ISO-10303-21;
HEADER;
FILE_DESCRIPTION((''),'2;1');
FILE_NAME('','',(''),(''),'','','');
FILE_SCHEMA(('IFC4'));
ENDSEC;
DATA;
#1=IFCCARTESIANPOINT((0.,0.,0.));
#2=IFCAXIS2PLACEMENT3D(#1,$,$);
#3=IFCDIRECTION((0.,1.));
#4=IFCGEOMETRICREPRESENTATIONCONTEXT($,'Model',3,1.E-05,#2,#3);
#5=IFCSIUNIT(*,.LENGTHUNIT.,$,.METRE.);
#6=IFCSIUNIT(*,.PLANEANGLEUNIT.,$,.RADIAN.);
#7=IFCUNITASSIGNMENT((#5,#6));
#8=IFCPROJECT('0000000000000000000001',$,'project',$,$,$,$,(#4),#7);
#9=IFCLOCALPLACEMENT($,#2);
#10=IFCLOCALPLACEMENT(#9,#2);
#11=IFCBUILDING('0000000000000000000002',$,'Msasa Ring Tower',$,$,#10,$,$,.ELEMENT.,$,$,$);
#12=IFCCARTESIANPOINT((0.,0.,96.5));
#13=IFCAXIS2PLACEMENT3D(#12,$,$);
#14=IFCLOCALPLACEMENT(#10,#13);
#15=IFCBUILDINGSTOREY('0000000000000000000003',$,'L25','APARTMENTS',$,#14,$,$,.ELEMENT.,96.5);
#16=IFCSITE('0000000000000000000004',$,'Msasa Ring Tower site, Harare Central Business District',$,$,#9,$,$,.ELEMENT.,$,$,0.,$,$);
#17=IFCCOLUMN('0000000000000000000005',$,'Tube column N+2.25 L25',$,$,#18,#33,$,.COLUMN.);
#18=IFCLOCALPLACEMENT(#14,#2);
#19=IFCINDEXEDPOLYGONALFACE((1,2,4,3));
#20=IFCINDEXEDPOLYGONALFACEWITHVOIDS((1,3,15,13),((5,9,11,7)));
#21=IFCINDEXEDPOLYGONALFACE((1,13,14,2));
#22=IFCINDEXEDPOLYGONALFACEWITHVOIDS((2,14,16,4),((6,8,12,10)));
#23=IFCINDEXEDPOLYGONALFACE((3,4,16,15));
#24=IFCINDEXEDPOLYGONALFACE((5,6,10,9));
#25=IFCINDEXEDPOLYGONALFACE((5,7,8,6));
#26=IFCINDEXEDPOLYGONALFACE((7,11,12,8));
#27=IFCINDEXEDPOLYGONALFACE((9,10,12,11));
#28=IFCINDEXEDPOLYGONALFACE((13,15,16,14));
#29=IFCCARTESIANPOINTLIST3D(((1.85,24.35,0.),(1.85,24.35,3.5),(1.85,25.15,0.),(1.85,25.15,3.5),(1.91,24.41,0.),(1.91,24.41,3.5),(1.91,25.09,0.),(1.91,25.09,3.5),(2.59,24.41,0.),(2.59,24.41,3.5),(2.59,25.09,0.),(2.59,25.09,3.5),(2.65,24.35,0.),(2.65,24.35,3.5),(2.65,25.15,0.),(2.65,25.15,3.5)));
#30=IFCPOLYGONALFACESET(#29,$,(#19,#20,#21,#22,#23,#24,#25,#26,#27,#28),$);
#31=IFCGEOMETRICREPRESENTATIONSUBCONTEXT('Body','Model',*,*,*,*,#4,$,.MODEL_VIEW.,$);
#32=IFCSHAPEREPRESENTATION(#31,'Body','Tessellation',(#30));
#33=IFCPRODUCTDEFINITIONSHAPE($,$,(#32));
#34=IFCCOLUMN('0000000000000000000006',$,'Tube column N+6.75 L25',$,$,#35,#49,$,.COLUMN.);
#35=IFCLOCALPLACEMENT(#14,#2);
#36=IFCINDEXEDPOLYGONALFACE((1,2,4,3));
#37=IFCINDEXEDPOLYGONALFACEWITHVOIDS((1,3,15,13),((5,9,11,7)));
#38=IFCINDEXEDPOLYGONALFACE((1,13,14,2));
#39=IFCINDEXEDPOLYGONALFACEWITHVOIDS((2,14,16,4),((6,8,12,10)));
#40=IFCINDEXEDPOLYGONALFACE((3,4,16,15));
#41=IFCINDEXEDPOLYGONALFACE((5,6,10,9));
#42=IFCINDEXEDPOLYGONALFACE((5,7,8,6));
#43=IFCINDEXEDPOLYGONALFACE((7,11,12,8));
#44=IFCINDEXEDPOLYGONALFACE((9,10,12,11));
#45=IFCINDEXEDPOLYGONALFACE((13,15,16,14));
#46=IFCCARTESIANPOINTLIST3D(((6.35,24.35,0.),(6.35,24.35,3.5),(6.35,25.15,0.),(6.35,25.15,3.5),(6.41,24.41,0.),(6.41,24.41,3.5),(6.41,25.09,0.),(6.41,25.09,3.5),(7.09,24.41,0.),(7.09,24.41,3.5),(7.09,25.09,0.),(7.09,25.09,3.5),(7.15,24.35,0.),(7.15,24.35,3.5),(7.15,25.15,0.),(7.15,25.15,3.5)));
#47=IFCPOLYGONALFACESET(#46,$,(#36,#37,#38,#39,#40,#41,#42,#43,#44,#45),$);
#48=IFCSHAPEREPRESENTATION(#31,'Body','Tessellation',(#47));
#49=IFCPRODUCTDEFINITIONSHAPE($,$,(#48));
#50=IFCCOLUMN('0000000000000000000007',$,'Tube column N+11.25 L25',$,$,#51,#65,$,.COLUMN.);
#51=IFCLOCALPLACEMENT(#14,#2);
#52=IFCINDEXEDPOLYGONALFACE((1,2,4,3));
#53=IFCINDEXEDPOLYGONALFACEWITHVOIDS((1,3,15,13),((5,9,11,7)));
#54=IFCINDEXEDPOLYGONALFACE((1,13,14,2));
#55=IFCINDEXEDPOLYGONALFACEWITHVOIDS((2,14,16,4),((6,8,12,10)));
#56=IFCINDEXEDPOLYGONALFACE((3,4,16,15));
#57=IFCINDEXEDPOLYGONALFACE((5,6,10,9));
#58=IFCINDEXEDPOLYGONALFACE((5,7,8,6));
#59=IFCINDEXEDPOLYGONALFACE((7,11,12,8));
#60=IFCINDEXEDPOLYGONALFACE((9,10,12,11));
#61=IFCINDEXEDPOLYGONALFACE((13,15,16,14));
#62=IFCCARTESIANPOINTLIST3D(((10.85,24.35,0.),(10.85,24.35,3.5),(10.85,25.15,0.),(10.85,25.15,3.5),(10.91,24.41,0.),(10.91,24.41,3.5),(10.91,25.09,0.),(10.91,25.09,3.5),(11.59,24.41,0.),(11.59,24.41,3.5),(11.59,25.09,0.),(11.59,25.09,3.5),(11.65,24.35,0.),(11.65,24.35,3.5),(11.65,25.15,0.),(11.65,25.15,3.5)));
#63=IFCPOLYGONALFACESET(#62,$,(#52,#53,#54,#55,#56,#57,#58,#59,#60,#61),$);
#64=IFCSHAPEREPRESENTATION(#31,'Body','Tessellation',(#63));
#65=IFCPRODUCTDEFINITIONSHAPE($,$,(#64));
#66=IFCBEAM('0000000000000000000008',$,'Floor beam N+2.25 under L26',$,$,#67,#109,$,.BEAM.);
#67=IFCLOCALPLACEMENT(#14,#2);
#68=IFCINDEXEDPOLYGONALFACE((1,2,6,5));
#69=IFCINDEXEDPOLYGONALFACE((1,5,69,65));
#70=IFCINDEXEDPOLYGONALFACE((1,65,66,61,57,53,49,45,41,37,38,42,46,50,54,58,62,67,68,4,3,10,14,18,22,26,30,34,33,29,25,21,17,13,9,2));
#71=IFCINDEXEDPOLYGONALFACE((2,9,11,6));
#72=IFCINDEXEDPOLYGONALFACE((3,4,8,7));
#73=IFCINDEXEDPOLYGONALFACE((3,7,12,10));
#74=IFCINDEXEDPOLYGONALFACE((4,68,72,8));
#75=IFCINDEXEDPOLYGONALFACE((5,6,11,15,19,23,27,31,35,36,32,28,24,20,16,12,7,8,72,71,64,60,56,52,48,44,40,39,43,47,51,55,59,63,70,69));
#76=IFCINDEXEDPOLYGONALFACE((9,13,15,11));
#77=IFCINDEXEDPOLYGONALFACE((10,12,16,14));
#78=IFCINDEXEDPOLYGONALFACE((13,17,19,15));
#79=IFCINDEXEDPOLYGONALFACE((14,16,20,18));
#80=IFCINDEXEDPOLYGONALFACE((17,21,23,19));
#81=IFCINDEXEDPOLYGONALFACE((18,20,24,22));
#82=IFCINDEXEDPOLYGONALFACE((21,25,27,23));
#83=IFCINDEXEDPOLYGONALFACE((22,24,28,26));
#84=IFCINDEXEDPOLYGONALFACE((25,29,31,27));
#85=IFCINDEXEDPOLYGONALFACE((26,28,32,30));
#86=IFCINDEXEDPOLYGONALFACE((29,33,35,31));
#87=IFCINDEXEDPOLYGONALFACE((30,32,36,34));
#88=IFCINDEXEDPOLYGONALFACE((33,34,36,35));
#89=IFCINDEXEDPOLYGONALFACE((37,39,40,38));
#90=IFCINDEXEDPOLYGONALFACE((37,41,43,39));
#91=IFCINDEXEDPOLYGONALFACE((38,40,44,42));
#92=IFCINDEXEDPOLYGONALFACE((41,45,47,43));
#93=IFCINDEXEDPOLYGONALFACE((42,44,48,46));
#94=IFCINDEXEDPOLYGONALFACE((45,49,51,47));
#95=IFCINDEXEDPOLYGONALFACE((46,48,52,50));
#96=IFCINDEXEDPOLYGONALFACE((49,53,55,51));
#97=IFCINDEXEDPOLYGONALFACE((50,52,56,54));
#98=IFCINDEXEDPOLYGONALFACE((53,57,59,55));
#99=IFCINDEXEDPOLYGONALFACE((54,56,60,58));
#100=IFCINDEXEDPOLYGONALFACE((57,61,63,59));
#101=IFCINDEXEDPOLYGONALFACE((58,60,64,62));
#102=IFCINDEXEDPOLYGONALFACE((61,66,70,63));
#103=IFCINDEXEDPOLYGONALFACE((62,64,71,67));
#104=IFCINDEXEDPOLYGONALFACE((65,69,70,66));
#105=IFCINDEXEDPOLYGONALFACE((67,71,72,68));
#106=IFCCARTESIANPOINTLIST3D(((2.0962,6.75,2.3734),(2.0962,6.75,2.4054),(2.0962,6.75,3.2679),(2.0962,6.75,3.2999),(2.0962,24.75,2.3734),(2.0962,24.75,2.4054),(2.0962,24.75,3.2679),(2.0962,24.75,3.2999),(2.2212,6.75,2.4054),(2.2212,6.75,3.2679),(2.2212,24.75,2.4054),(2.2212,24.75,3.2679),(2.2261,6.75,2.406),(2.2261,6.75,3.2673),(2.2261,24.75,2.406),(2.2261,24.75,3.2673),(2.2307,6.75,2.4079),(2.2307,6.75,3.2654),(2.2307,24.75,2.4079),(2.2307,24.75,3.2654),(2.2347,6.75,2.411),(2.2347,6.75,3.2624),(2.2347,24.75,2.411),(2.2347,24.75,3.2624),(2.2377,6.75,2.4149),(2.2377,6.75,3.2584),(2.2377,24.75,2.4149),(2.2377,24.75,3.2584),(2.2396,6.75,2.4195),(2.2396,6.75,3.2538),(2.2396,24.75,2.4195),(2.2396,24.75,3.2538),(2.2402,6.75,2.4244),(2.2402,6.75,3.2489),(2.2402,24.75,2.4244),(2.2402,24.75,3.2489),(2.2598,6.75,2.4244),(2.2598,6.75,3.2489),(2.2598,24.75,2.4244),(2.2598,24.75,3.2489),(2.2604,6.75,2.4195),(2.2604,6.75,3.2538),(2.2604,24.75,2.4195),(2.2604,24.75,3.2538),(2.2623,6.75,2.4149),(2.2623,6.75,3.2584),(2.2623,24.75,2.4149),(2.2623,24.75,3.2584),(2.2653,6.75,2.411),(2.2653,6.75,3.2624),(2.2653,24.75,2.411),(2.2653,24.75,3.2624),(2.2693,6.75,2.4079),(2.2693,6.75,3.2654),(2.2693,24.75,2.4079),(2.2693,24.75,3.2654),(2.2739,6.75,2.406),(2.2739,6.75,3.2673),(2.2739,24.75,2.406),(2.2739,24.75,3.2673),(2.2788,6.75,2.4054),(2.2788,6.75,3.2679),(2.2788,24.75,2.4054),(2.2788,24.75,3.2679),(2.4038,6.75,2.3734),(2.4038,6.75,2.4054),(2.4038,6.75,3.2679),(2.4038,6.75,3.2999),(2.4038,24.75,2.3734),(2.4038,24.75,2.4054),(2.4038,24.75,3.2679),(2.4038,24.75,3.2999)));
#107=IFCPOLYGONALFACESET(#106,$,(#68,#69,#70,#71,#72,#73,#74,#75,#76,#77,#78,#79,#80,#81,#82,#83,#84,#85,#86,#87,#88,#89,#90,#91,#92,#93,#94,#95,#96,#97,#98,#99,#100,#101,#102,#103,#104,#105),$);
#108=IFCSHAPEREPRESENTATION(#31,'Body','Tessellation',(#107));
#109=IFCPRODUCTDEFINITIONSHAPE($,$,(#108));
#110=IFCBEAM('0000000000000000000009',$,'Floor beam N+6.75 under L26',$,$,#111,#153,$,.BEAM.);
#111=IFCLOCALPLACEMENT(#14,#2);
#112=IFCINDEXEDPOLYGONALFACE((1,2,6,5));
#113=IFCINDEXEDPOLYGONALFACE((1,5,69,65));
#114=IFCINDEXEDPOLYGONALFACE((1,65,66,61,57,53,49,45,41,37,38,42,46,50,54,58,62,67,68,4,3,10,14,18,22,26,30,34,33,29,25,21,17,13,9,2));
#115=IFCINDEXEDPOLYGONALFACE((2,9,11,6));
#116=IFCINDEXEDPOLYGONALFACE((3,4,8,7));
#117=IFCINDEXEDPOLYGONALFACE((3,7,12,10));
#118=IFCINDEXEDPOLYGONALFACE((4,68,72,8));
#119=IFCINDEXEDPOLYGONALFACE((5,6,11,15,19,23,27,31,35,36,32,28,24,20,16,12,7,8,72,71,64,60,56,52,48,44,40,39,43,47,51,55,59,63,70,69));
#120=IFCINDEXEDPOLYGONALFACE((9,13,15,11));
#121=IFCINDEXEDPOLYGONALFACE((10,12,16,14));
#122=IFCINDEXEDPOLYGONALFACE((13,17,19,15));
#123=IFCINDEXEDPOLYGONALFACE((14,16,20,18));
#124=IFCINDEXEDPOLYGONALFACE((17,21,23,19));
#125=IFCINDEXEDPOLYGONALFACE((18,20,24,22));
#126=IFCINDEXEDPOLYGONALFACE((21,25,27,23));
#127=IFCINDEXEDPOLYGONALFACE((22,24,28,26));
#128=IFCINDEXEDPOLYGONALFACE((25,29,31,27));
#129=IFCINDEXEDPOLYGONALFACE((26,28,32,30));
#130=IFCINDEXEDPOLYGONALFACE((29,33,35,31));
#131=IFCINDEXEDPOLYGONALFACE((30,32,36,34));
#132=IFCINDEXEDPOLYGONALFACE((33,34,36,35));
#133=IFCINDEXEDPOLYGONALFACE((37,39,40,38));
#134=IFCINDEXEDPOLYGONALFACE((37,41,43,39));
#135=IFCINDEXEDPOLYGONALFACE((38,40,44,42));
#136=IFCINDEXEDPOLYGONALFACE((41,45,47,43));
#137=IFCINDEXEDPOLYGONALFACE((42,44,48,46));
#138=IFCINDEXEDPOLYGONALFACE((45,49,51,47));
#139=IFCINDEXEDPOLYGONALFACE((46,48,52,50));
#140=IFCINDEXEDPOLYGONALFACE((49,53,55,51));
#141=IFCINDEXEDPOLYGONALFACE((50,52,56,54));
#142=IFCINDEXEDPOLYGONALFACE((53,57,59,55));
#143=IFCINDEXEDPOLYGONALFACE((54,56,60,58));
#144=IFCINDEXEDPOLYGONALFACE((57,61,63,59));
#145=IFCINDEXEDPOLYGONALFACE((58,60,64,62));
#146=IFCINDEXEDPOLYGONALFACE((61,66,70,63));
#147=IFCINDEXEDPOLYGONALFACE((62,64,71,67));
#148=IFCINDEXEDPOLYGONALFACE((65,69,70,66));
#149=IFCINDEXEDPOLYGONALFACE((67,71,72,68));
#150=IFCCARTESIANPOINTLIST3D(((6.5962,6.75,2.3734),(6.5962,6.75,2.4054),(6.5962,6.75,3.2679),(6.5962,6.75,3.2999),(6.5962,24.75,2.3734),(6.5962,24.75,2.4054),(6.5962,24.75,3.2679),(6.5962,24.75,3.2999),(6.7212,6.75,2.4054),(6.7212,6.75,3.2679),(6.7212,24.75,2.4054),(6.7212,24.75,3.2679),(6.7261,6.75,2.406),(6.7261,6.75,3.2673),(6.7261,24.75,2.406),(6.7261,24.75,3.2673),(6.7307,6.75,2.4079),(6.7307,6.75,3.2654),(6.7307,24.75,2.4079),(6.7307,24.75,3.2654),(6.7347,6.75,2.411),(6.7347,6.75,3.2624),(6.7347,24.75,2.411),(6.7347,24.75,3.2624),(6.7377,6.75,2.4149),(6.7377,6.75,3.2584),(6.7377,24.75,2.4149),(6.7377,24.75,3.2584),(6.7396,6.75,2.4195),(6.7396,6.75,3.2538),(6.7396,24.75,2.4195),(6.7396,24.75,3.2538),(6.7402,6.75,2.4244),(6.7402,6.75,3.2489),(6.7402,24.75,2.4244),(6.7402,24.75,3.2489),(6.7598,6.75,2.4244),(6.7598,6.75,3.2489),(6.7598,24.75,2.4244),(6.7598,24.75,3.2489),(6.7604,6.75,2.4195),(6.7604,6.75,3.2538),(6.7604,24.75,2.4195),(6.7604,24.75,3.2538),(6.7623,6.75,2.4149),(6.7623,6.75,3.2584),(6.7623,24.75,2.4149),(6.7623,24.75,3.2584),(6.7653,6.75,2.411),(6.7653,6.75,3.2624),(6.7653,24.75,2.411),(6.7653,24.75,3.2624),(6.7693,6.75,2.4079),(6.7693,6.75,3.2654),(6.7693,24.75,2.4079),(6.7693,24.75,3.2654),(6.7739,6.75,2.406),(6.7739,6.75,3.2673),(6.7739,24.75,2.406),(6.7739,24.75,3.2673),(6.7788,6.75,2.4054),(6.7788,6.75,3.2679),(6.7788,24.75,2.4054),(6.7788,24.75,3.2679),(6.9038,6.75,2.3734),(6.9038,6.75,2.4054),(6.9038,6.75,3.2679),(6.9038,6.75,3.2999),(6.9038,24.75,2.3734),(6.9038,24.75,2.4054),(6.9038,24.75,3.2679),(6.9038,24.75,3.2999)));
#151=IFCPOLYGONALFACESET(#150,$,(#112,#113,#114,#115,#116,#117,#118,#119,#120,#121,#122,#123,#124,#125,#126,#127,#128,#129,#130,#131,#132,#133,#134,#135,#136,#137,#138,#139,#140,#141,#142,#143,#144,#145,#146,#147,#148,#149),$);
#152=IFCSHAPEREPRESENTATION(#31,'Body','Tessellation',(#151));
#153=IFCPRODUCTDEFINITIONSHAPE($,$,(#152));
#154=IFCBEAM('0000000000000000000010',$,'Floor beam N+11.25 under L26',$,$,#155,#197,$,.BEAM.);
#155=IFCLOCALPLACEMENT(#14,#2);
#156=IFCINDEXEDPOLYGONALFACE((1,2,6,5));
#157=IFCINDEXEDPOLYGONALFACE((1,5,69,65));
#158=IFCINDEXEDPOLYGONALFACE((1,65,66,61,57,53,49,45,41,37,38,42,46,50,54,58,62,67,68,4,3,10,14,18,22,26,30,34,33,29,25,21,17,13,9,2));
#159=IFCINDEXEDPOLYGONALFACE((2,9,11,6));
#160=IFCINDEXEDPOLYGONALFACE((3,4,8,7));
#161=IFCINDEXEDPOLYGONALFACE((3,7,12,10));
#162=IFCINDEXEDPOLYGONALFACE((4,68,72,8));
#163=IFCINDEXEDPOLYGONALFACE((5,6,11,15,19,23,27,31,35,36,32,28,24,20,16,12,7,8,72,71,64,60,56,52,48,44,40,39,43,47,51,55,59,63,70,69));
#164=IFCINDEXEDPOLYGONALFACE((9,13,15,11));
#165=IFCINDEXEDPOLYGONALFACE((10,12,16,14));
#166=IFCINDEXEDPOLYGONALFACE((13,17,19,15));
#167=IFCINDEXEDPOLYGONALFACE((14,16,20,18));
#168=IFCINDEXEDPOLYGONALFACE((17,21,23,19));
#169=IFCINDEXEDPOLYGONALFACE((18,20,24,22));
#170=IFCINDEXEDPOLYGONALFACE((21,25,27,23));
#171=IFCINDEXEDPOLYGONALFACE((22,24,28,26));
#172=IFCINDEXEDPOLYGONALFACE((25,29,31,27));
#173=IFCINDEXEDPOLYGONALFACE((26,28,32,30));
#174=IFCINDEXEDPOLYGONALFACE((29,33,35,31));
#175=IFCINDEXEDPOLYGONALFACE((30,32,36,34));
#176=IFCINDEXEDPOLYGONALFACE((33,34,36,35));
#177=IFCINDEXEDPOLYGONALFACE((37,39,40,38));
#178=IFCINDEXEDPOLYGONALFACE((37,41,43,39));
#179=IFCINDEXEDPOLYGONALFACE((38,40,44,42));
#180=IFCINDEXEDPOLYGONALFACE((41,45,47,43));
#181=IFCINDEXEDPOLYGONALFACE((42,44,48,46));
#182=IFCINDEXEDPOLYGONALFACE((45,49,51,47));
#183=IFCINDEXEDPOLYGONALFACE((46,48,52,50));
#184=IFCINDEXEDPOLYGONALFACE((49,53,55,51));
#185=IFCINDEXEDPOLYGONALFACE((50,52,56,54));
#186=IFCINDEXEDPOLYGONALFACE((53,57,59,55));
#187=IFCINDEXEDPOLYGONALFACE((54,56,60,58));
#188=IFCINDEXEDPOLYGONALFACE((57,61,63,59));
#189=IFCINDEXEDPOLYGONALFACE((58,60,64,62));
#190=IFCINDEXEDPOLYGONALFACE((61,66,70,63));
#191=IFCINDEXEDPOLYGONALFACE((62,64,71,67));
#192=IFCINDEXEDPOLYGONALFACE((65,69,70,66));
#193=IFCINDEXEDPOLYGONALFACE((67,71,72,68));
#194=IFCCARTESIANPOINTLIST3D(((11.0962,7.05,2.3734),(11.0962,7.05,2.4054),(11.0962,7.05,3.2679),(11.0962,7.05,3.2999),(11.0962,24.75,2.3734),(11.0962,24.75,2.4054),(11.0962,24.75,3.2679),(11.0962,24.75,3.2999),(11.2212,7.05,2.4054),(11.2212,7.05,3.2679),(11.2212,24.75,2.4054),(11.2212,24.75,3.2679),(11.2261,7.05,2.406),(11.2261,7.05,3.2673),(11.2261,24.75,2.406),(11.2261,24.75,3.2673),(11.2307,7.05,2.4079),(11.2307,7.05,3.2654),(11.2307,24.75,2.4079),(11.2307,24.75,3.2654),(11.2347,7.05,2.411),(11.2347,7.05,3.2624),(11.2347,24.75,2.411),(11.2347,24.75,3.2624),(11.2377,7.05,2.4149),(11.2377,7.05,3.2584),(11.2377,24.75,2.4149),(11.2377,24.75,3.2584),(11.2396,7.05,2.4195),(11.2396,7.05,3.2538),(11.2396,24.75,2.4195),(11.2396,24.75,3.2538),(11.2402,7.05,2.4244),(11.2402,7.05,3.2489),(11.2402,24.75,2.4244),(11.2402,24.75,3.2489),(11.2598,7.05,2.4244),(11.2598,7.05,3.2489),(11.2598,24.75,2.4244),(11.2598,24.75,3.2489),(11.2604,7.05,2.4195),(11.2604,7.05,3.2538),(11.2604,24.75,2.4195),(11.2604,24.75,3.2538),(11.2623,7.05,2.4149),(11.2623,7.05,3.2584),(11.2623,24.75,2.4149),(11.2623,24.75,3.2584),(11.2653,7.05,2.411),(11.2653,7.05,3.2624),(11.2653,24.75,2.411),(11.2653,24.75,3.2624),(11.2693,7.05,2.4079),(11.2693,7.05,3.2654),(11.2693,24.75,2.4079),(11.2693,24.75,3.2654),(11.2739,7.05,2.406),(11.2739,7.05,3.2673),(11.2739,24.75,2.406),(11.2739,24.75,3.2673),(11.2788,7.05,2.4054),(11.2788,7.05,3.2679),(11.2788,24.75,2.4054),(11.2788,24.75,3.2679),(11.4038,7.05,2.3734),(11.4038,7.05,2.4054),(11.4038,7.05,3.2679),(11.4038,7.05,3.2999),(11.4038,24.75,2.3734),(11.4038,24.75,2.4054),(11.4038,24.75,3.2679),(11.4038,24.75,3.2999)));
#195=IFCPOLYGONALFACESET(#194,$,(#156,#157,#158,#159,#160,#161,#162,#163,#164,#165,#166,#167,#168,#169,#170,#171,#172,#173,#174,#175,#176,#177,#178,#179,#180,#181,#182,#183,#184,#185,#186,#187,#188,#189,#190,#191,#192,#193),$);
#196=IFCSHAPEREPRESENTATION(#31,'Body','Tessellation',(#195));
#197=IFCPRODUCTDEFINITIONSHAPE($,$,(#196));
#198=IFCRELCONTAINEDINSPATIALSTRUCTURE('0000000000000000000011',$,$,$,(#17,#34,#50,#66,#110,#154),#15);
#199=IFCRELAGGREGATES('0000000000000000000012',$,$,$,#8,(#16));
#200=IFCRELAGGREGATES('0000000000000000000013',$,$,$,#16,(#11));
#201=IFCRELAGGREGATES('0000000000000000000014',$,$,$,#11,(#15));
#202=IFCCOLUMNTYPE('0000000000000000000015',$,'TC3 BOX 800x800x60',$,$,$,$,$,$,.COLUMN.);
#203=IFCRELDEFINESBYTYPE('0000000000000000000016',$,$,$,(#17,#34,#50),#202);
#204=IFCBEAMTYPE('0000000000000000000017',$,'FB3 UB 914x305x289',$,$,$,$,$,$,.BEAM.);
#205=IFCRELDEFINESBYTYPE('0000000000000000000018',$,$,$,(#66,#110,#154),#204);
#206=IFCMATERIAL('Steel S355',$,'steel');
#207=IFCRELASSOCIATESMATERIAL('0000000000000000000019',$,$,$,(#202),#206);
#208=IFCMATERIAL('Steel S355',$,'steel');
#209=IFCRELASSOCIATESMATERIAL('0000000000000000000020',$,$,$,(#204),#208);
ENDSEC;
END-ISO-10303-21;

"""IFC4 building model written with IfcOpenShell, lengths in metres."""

from ifc_helpers import new_model, si_unit, direction, frame, origin, origin_2d, place, context, subcontext, project, spatial, hollow_rectangle, i_section, extrude, material, material_profile, profile_set, type_object, element, save


model = new_model("IFC4")

# Units and contexts
model_context = context("Model", 3, precision=1e-05, world=origin(), true_north=direction((0.0, 1.0)))
body_context = subcontext(model_context, "Body", "Model", "MODEL_VIEW")
ifc_project = project(units=[si_unit("LENGTHUNIT", "METRE"), si_unit("PLANEANGLEUNIT", "RADIAN")], contexts=[model_context])

# Site, building, storey
site_placement = place(None, origin())
site = spatial("IfcSite", under=ifc_project, at=site_placement, Name="Msasa Ring Tower site, Harare Central Business District", CompositionType="ELEMENT", RefElevation=0.0)
building_placement = place(site_placement, origin())
building = spatial("IfcBuilding", under=site, at=building_placement, Name="Msasa Ring Tower", CompositionType="ELEMENT")
storey_placement = place(building_placement, frame((0.0, 0.0, 96.5)))
storey = spatial("IfcBuildingStorey", under=building, at=storey_placement, Name="L25", Description="APARTMENTS", CompositionType="ELEMENT", Elevation=96.5)

# Columns
ifc_material_1 = material(Name="Steel S355", Category="steel")
ifc_material_profile_1 = material_profile(ifc_material_1, hollow_rectangle(XDim=0.8, YDim=0.8, WallThickness=0.0601, at=origin_2d()), Name="BOX 800x800x60")
ifc_profile_set_1 = profile_set([ifc_material_profile_1], Name="Steel S355")
column_type = type_object("IfcColumnType", Name="TC3 BOX 800x800x60", PredefinedType="COLUMN", material=ifc_profile_set_1)
for number, where, z_axis, x_axis, name in (
    (1, (2.25, 24.75, 0.0), (0.0, 0.0, 1.0), (0.0, 1.0, 0.0), "Tube column N+2.25 L25"),
    (2, (6.75, 24.75, 0.0), (0.0, 0.0, 1.0), (0.0, 1.0, 0.0), "Tube column N+6.75 L25"),
    (3, (11.25, 24.75, 0.0), (0.0, 0.0, 1.0), (0.0, 1.0, 0.0), "Tube column N+11.25 L25"),
):
    element("IfcColumn", number, at=place(storey_placement, frame(where, z_axis=z_axis, x_axis=x_axis)), inside=storey, type_object=column_type, Name=name, PredefinedType="COLUMN", context=body_context, shape_type="SweptSolid", body=[
        extrude(hollow_rectangle(XDim=0.8, YDim=0.8, WallThickness=0.0601, at=origin_2d()), origin(), (0.0, 0.0, 1.0), 3.5),
    ])

# Beams
ifc_material_2 = material(Name="Steel S355", Category="steel")
ifc_material_profile_2 = material_profile(ifc_material_2, i_section(OverallWidth=0.3076, OverallDepth=0.9265, WebThickness=0.0195, FlangeThickness=0.032, FilletRadius=0.019, at=origin_2d()), Name="UB 914x305x289")
ifc_profile_set_2 = profile_set([ifc_material_profile_2], Name="Steel S355")
beam_type_1 = type_object("IfcBeamType", Name="FB3 UB 914x305x289", PredefinedType="BEAM", material=ifc_profile_set_2)
for number, where, z_axis, x_axis, name in (
    (4, (2.25, 24.75, 2.8367), (0.0, -1.0, 0.0), (1.0, 0.0, 0.0), "Floor beam N+2.25 under L26"),
    (5, (6.75, 24.75, 2.8367), (0.0, -1.0, 0.0), (1.0, 0.0, 0.0), "Floor beam N+6.75 under L26"),
):
    element("IfcBeam", number, at=place(storey_placement, frame(where, z_axis=z_axis, x_axis=x_axis)), inside=storey, type_object=beam_type_1, Name=name, PredefinedType="BEAM", context=body_context, shape_type="SweptSolid", body=[
        extrude(i_section(OverallWidth=0.3076, OverallDepth=0.9265, WebThickness=0.0195, FlangeThickness=0.032, FilletRadius=0.019, at=origin_2d()), origin(), (0.0, 0.0, 1.0), 18.0),
    ])
beam_placement = place(storey_placement, frame((11.25, 24.75, 2.8367), z_axis=(0.0, -1.0, 0.0), x_axis=(1.0, 0.0, 0.0)))
element("IfcBeam", 6, at=beam_placement, inside=storey, type_object=beam_type_1, Name="Floor beam N+11.25 under L26", PredefinedType="BEAM", context=body_context, shape_type="SweptSolid", body=[
    extrude(i_section(OverallWidth=0.3076, OverallDepth=0.9265, WebThickness=0.0195, FlangeThickness=0.032, FilletRadius=0.019, at=origin_2d()), origin(), (0.0, 0.0, 1.0), 17.7),
])

save(model, "model.ifc")
